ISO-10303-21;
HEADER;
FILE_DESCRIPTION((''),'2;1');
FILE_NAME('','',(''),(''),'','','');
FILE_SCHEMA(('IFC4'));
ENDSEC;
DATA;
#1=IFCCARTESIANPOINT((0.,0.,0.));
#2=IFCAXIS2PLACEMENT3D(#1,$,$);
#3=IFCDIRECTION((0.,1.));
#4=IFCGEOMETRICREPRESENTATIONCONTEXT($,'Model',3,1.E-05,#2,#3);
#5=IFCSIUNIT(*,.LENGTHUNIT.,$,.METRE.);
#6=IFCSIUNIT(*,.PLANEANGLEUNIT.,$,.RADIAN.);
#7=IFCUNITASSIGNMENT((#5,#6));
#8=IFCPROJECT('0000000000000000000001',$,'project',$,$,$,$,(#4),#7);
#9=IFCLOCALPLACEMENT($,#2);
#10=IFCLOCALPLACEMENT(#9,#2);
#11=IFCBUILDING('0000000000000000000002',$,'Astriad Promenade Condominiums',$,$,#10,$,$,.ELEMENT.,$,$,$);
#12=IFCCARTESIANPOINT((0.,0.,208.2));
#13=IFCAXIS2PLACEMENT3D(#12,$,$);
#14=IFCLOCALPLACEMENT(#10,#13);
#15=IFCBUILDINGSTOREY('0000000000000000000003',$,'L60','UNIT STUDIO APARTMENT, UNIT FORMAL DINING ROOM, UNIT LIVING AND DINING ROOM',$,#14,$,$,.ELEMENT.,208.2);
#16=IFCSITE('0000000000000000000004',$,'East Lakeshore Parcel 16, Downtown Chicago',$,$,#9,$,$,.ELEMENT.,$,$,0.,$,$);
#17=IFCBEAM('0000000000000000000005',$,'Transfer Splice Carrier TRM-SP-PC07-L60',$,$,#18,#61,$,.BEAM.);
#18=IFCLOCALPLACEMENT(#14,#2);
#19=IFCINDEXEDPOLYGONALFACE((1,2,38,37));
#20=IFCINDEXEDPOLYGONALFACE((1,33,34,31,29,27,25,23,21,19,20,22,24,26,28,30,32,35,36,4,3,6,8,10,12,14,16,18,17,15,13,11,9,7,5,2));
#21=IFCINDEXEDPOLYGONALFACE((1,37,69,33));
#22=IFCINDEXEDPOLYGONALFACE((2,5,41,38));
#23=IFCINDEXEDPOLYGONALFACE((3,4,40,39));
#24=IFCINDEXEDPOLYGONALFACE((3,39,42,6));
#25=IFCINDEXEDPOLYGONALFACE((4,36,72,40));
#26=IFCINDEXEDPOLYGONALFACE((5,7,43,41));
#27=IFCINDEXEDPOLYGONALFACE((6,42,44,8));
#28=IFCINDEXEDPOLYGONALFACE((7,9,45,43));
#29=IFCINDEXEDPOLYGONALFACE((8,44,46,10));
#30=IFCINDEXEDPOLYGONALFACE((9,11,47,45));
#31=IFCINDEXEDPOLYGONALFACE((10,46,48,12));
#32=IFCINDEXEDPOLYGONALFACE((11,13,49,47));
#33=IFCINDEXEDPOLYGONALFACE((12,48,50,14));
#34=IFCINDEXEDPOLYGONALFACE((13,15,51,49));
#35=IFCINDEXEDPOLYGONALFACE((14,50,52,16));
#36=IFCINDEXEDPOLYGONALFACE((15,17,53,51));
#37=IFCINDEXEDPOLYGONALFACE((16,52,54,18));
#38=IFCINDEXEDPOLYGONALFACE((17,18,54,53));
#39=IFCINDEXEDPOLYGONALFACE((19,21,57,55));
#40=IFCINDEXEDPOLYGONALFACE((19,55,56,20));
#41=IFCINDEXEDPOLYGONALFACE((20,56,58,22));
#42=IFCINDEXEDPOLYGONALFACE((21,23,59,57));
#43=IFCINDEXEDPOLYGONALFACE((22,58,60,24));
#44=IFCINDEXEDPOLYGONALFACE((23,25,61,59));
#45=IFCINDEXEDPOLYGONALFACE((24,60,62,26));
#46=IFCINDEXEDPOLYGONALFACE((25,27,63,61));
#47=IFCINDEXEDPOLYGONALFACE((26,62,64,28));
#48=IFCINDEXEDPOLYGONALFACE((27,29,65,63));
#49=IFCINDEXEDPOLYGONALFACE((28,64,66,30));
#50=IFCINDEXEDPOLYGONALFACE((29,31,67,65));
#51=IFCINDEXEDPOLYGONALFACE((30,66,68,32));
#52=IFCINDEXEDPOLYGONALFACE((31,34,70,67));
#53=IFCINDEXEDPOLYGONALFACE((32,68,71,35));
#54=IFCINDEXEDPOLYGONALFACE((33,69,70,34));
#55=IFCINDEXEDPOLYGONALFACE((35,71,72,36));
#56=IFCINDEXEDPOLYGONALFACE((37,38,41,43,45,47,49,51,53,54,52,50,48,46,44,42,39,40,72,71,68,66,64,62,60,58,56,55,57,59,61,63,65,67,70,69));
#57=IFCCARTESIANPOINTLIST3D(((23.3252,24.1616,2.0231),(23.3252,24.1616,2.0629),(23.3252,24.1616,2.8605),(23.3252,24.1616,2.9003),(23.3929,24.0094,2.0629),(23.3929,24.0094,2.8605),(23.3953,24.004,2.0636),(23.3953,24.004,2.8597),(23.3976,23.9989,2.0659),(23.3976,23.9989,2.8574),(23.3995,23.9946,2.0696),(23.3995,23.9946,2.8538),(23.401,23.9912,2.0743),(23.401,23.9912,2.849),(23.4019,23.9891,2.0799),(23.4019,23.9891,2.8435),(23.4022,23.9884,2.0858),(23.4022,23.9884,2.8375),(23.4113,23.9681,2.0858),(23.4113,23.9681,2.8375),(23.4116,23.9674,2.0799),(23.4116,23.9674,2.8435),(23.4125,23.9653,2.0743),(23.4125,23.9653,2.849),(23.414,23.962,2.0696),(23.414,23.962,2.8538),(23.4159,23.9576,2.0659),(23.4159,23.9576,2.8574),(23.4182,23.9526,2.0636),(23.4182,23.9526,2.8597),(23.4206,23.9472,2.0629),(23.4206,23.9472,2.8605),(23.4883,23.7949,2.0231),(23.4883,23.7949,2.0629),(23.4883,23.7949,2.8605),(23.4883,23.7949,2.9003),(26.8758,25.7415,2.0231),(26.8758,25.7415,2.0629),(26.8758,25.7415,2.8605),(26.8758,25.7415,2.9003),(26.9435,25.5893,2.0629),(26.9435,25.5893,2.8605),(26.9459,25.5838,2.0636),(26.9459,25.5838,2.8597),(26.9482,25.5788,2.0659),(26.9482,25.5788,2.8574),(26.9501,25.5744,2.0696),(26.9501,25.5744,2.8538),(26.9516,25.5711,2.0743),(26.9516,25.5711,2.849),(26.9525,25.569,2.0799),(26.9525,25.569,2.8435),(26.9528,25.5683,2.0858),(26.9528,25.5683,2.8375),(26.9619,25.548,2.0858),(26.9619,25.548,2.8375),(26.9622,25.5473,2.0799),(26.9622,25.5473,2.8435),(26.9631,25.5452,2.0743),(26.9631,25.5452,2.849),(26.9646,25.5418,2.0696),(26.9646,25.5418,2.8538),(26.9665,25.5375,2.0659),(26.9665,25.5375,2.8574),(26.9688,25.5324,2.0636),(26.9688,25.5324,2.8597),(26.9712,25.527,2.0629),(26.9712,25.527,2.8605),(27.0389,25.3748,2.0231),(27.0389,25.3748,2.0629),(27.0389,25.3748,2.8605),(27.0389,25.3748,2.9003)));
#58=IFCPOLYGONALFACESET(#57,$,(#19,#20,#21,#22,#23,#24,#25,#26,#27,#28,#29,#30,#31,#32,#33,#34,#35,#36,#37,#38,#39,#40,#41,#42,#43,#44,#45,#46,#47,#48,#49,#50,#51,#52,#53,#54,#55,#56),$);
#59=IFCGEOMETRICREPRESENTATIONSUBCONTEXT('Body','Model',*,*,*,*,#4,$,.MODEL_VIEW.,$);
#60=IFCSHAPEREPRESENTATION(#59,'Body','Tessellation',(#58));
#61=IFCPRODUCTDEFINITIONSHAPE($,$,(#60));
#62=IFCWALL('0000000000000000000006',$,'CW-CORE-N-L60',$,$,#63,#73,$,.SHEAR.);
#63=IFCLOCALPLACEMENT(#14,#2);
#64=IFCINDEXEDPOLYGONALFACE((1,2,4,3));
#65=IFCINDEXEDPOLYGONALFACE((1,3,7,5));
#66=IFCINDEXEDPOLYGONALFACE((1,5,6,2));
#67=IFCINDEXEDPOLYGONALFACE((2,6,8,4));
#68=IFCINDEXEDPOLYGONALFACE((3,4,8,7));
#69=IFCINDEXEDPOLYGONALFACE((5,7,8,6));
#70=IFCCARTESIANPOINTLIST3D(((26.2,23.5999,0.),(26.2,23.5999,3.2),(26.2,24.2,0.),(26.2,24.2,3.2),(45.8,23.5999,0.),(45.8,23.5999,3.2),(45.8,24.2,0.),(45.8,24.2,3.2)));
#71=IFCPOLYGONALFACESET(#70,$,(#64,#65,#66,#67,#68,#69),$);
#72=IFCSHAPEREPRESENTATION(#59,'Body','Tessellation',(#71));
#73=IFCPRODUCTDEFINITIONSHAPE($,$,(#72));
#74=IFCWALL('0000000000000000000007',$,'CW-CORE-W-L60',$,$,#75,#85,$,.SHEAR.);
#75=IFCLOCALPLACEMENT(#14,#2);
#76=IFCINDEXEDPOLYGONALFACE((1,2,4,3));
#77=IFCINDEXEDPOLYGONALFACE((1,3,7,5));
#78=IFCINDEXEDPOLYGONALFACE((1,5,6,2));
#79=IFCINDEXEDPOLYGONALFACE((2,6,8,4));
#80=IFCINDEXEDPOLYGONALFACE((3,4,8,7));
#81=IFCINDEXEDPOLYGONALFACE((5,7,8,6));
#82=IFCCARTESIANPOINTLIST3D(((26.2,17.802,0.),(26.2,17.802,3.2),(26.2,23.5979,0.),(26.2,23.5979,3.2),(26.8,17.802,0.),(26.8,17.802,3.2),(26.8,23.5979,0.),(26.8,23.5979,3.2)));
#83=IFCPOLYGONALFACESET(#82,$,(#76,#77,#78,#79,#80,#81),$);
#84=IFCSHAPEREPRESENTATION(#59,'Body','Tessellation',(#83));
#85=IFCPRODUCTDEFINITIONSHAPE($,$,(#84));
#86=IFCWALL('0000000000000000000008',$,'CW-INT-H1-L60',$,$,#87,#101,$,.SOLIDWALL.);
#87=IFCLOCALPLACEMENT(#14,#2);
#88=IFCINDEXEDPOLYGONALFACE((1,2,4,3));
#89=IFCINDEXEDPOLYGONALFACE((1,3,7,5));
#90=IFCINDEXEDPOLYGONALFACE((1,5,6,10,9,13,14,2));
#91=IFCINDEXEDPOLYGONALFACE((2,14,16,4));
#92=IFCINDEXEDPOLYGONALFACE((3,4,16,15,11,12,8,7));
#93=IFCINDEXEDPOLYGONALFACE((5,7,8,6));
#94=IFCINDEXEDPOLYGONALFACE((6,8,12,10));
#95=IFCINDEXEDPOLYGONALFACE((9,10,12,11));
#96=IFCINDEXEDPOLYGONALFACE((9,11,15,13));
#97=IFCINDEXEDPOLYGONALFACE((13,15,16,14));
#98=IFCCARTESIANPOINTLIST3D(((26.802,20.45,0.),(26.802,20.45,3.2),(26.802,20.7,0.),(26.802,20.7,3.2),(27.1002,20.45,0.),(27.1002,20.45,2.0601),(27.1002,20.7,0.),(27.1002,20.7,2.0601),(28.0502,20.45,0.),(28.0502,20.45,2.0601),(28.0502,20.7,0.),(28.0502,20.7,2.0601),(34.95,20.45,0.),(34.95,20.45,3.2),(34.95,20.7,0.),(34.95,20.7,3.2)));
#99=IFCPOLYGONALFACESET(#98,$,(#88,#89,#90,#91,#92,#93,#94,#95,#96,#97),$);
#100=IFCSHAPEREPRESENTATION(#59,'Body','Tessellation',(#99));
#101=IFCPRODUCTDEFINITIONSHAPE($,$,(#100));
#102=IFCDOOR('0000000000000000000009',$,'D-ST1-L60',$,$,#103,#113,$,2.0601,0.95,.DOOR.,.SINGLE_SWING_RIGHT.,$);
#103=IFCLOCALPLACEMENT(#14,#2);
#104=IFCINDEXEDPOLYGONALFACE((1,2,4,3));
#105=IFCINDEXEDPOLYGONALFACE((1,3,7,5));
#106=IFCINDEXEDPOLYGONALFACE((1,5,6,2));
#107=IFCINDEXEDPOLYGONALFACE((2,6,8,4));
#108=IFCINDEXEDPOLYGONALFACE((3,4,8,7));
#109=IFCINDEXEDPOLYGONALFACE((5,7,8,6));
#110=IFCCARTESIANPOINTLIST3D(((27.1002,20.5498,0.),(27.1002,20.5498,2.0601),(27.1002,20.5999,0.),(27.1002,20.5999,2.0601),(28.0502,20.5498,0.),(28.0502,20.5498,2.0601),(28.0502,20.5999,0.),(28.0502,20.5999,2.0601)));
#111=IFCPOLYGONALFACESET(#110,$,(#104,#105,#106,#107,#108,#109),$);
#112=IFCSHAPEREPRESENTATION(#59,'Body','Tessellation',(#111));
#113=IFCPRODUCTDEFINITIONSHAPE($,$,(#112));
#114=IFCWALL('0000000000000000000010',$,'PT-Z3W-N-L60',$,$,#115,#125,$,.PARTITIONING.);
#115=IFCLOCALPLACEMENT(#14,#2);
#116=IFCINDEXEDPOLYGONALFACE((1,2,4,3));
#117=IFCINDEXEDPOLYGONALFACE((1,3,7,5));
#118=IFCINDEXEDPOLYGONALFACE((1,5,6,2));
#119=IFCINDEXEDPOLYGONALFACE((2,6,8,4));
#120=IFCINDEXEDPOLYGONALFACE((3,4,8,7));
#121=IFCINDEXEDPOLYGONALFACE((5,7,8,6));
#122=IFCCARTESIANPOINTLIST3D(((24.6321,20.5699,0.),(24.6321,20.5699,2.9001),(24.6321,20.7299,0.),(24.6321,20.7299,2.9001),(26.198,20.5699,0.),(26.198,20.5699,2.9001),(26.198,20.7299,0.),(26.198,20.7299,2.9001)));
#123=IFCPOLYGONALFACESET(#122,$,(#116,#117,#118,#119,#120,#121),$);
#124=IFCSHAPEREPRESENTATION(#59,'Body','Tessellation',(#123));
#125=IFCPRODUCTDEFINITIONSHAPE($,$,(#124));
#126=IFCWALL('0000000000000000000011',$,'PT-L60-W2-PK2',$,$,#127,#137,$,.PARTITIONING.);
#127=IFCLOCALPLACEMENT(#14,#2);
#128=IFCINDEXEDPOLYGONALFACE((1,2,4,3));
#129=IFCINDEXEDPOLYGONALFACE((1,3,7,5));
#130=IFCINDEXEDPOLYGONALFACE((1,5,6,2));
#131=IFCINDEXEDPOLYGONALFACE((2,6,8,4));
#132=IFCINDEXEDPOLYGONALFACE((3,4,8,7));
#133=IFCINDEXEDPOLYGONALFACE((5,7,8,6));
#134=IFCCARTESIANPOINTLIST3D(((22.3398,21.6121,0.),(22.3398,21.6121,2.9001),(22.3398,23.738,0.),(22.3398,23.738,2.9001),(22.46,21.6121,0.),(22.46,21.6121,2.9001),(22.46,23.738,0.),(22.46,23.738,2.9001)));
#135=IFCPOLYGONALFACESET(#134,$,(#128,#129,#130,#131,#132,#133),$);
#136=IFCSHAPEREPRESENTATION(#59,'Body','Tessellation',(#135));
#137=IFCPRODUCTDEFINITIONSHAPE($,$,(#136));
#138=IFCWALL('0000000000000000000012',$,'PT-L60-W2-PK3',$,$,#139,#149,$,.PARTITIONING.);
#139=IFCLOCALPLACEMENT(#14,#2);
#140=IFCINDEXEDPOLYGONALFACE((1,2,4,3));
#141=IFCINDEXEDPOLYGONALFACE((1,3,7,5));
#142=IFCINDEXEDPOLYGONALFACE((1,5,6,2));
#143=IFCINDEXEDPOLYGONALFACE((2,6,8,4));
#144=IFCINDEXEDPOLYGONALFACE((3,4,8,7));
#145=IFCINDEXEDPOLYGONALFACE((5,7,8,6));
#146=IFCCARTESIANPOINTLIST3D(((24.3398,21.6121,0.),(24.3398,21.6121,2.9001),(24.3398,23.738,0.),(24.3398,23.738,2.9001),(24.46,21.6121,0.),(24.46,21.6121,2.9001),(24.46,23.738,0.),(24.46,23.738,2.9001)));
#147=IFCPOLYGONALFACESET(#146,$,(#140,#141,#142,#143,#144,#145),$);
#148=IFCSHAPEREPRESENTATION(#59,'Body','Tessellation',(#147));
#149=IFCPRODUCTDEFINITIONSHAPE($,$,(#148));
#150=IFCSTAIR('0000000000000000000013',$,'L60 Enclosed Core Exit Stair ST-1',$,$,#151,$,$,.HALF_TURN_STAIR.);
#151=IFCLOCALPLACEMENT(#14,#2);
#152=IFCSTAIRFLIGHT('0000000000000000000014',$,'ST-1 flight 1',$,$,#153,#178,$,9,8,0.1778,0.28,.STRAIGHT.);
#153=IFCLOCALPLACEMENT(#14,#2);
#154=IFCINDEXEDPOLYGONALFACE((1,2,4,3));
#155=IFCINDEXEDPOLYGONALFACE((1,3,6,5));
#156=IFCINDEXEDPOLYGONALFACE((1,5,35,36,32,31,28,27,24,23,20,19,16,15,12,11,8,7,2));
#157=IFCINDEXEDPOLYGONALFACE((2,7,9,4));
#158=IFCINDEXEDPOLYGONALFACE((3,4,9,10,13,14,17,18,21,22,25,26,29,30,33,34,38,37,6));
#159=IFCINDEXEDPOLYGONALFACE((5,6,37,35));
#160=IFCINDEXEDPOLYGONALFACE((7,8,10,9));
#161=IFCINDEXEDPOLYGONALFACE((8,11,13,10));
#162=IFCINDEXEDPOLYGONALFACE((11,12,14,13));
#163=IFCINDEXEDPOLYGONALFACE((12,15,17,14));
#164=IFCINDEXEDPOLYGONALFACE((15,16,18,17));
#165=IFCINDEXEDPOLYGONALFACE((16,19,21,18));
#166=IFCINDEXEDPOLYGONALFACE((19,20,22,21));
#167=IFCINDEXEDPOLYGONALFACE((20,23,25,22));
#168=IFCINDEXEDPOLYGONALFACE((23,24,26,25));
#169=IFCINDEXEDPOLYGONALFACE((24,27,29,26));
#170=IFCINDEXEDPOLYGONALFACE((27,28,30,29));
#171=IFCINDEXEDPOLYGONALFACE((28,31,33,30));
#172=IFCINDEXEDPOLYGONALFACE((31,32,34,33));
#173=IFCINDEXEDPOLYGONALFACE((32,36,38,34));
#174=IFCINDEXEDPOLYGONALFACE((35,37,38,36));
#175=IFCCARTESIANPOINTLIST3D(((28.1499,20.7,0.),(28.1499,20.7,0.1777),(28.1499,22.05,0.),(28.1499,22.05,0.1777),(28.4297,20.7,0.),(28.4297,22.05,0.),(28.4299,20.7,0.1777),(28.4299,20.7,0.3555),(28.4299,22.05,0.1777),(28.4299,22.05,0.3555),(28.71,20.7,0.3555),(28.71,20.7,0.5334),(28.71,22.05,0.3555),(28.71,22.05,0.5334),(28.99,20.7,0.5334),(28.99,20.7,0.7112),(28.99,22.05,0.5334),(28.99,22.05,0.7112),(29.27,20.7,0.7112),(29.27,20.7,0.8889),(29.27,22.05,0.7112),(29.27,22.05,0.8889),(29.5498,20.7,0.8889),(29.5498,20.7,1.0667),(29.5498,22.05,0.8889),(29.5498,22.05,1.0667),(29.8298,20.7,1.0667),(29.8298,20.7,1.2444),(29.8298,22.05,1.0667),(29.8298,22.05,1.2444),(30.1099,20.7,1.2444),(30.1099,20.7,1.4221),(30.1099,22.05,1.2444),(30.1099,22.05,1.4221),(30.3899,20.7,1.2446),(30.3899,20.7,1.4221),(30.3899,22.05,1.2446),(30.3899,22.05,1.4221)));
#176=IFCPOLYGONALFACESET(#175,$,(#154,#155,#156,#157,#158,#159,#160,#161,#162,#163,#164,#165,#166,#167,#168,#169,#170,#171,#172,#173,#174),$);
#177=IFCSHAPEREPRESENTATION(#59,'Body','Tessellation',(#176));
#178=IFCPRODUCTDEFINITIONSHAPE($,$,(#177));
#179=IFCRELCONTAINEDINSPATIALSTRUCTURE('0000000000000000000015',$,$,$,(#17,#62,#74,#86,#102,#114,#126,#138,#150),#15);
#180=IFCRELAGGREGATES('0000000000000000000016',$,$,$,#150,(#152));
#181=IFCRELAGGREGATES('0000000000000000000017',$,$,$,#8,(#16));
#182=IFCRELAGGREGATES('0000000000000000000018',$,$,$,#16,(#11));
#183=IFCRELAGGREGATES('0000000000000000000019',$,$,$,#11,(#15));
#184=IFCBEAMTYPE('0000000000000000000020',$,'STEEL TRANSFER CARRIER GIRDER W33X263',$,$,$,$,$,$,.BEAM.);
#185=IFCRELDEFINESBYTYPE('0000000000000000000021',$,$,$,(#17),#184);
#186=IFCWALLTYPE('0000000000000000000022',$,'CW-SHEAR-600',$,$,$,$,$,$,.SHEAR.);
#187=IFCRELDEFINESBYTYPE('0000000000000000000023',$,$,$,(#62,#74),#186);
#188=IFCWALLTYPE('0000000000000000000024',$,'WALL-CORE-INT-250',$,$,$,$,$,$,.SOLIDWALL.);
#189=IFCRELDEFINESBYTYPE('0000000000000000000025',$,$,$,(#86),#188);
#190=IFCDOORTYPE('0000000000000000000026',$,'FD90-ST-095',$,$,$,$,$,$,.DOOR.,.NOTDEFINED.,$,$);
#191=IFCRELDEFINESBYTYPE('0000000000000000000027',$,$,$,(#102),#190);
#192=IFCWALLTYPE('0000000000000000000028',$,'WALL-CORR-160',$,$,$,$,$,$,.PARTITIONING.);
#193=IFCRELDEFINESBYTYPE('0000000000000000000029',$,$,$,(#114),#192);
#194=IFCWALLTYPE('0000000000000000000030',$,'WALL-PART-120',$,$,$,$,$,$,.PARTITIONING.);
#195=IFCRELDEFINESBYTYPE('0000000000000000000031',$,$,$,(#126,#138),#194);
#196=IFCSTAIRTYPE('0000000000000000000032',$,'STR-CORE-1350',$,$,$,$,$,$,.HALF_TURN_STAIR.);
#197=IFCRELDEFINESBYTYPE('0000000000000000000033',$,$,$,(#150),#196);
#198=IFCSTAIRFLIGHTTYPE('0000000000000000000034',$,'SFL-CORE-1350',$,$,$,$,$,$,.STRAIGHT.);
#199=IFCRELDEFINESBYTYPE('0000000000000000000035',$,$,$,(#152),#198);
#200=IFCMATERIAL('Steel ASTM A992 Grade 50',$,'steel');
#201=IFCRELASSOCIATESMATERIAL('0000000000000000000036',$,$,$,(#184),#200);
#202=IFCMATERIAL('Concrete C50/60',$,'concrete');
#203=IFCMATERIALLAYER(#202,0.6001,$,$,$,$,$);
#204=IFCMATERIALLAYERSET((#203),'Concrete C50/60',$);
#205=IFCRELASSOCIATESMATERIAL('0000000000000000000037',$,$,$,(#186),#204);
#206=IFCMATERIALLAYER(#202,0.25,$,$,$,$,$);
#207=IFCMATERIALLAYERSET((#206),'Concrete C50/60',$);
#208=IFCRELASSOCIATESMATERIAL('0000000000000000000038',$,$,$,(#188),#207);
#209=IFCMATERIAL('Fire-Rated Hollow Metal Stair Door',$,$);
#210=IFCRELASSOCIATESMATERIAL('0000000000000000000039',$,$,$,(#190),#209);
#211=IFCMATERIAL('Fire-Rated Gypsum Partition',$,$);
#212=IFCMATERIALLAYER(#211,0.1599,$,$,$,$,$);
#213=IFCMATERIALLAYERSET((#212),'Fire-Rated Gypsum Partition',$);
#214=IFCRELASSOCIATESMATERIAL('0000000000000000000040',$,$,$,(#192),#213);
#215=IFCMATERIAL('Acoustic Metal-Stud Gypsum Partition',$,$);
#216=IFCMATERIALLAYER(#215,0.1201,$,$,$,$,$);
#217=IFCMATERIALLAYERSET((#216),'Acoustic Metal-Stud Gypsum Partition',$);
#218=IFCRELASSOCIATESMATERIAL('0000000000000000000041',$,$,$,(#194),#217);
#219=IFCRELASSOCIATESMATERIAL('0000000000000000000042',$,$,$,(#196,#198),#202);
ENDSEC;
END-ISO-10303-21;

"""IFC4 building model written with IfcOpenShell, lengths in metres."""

from ifc_helpers import new_model, si_unit, direction, frame, frame_2d, origin, origin_2d, place, context, subcontext, project, spatial, polyline, rectangle, i_section, outline, extrude, source, transform, mapped, material, layer, layer_set, material_profile, profile_set, type_object, type_shapes, element, fill, aggregate, save


model = new_model("IFC4")

# Units and contexts
model_context = context("Model", 3, precision=1e-05, world=origin(), true_north=direction((0.0, 1.0)))
body_context = subcontext(model_context, "Body", "Model", "MODEL_VIEW")
ifc_project = project(units=[si_unit("LENGTHUNIT", "METRE"), si_unit("PLANEANGLEUNIT", "RADIAN")], contexts=[model_context])

# Site, building, storey
site_placement = place(None, origin())
site = spatial("IfcSite", under=ifc_project, at=site_placement, Name="East Lakeshore Parcel 16, Downtown Chicago", CompositionType="ELEMENT", RefElevation=0.0)
building_placement = place(site_placement, origin())
building = spatial("IfcBuilding", under=site, at=building_placement, Name="Astriad Promenade Condominiums", CompositionType="ELEMENT")
storey_placement = place(building_placement, frame((0.0, 0.0, 208.2)))
storey = spatial("IfcBuildingStorey", under=building, at=storey_placement, Name="L60", Description="UNIT STUDIO APARTMENT, UNIT FORMAL DINING ROOM, UNIT LIVING AND DINING ROOM", CompositionType="ELEMENT", Elevation=208.2)

# Shared definitions
ifc_material_1 = material(Name="Steel ASTM A992 Grade 50", Category="steel")
ifc_material_2 = material(Name="Concrete C50/60", Category="concrete")

# Beam
ifc_material_profile_1 = material_profile(ifc_material_1, i_section(OverallWidth=0.4014, OverallDepth=0.8772, WebThickness=0.0222, FlangeThickness=0.0398, FilletRadius=0.0229, at=origin_2d()), Name="W33X263")
ifc_profile_set_1 = profile_set([ifc_material_profile_1], Name="Steel ASTM A992 Grade 50")
beam_type_1 = type_object("IfcBeamType", Name="STEEL TRANSFER CARRIER GIRDER W33X263", PredefinedType="BEAM", material=ifc_profile_set_1)
shared_shape_1 = source(origin(), body_context, "Body", "SweptSolid", [
    extrude(i_section(OverallWidth=0.4014, OverallDepth=0.8772, WebThickness=0.0222, FlangeThickness=0.0398, FilletRadius=0.0229, at=origin_2d()), origin(), (0.0, 0.0, 1.0), 3.8862),
])
type_shapes(beam_type_1, [shared_shape_1])
beam_1_placement = place(storey_placement, frame((23.4067, 23.9783, 2.4617), z_axis=(0.913638, 0.406529, 0.0), x_axis=(-0.406529, 0.913638, 0.0)))
element("IfcBeam", 1, at=beam_1_placement, inside=storey, type_object=beam_type_1, Name="Transfer Splice Carrier TRM-SP-PC07-L60", PredefinedType="BEAM", context=body_context, shape_type="MappedRepresentation", body=[
    mapped(shared_shape_1, transform((0.0, 0.0, 0.0), scale=1.0)),
])

# Walls
ifc_layer_1 = layer(ifc_material_2, 0.6001)
ifc_layer_set_1 = layer_set([ifc_layer_1], Name="Concrete C50/60")
wall_type_1 = type_object("IfcWallType", Name="CW-SHEAR-600", PredefinedType="SHEAR", material=ifc_layer_set_1)
wall_1_placement = place(storey_placement, frame((26.2, 23.8999, 0.0), z_axis=(0.0, 0.0, 1.0), x_axis=(1.0, 0.0, 0.0)))
element("IfcWall", 2, at=wall_1_placement, inside=storey, type_object=wall_type_1, Name="CW-CORE-N-L60", PredefinedType="SHEAR", context=body_context, shape_type="SweptSolid", body=[
    extrude(rectangle(XDim=19.6001, YDim=0.6001, at=frame_2d((9.8, 0.0))), origin(), (0.0, 0.0, 1.0), 3.2),
])
wall_2_placement = place(storey_placement, frame((26.5, 17.802, 0.0), z_axis=(0.0, 0.0, 1.0), x_axis=(0.0, 1.0, 0.0)))
element("IfcWall", 3, at=wall_2_placement, inside=storey, type_object=wall_type_1, Name="CW-CORE-W-L60", PredefinedType="SHEAR", context=body_context, shape_type="SweptSolid", body=[
    extrude(rectangle(XDim=5.7959, YDim=0.6001, at=frame_2d((2.8979, 0.0))), origin(), (0.0, 0.0, 1.0), 3.2),
])

# Wall, opening, door
ifc_layer_2 = layer(ifc_material_2, 0.25)
ifc_layer_set_2 = layer_set([ifc_layer_2], Name="Concrete C50/60")
wall_type_2 = type_object("IfcWallType", Name="WALL-CORE-INT-250", PredefinedType="SOLIDWALL", material=ifc_layer_set_2)
wall_3_placement = place(storey_placement, frame((26.802, 20.575, 0.0), z_axis=(0.0, 0.0, 1.0), x_axis=(1.0, 0.0, 0.0)))
wall_3 = element("IfcWall", 4, at=wall_3_placement, inside=storey, type_object=wall_type_2, Name="CW-INT-H1-L60", PredefinedType="SOLIDWALL", context=body_context, shape_type="SweptSolid", body=[
    extrude(rectangle(XDim=8.1479, YDim=0.25, at=frame_2d((4.074, 0.0))), origin(), (0.0, 0.0, 1.0), 3.2),
])
opening_placement = place(wall_3_placement, frame((0.2981, 0.0, 0.0)))
opening = element("IfcOpeningElement", 5, at=opening_placement, cuts=wall_3, PredefinedType="OPENING", context=body_context, shape_type="SweptSolid", body=[
    extrude(rectangle(XDim=0.95, YDim=2.0601, at=frame_2d((0.4751, 1.03))), frame((0.0, 0.135, 0.0), z_axis=(0.0, -1.0, 0.0), x_axis=(1.0, 0.0, 0.0)), (0.0, 0.0, 1.0), 0.27),
])
ifc_material_3 = material(Name="Fire-Rated Hollow Metal Stair Door")
door_type = type_object("IfcDoorType", Name="FD90-ST-095", OperationType="NOTDEFINED", PredefinedType="DOOR", material=ifc_material_3)
shared_shape_2 = source(origin(), body_context, "Body", "SweptSolid", [
    extrude(rectangle(XDim=0.95, YDim=2.0601, at=frame_2d((0.4751, 1.03))), frame((0.0, 0.0249, 0.0), z_axis=(0.0, -1.0, 0.0), x_axis=(1.0, 0.0, 0.0)), (0.0, 0.0, 1.0), 0.05),
])
type_shapes(door_type, [shared_shape_2])
door_placement = place(opening_placement, origin())
door = element("IfcDoor", 6, at=door_placement, inside=storey, type_object=door_type, Name="D-ST1-L60", OperationType="SINGLE_SWING_RIGHT", OverallHeight=2.0601, OverallWidth=0.95, PredefinedType="DOOR", context=body_context, shape_type="MappedRepresentation", body=[
    mapped(shared_shape_2, transform((0.0, 0.0, 0.0), scale=1.0)),
])
fill(opening, door)

# Walls
ifc_material_4 = material(Name="Fire-Rated Gypsum Partition")
ifc_layer_3 = layer(ifc_material_4, 0.1599)
ifc_layer_set_3 = layer_set([ifc_layer_3], Name="Fire-Rated Gypsum Partition")
wall_type_3 = type_object("IfcWallType", Name="WALL-CORR-160", PredefinedType="PARTITIONING", material=ifc_layer_set_3)
wall_4_placement = place(storey_placement, frame((24.6321, 20.6499, 0.0), z_axis=(0.0, 0.0, 1.0), x_axis=(1.0, 0.0, 0.0)))
element("IfcWall", 7, at=wall_4_placement, inside=storey, type_object=wall_type_3, Name="PT-Z3W-N-L60", PredefinedType="PARTITIONING", context=body_context, shape_type="SweptSolid", body=[
    extrude(rectangle(XDim=1.5659, YDim=0.1599, at=frame_2d((0.783, 0.0))), origin(), (0.0, 0.0, 1.0), 2.9001),
])
ifc_material_5 = material(Name="Acoustic Metal-Stud Gypsum Partition")
ifc_layer_4 = layer(ifc_material_5, 0.1201)
ifc_layer_set_4 = layer_set([ifc_layer_4], Name="Acoustic Metal-Stud Gypsum Partition")
wall_type_4 = type_object("IfcWallType", Name="WALL-PART-120", PredefinedType="PARTITIONING", material=ifc_layer_set_4)
for number, where, z_axis, x_axis, name in (
    (8, (22.3999, 21.6121, 0.0), (0.0, 0.0, 1.0), (0.0, 1.0, 0.0), "PT-L60-W2-PK2"),
    (9, (24.3999, 21.6121, 0.0), (0.0, 0.0, 1.0), (0.0, 1.0, 0.0), "PT-L60-W2-PK3"),
):
    element("IfcWall", number, at=place(storey_placement, frame(where, z_axis=z_axis, x_axis=x_axis)), inside=storey, type_object=wall_type_4, Name=name, PredefinedType="PARTITIONING", context=body_context, shape_type="SweptSolid", body=[
        extrude(rectangle(XDim=2.126, YDim=0.1201, at=frame_2d((1.063, 0.0))), origin(), (0.0, 0.0, 1.0), 2.9001),
    ])

# Stair, stair flight
stair_type = type_object("IfcStairType", Name="STR-CORE-1350", PredefinedType="HALF_TURN_STAIR", material=ifc_material_2)
stair_placement = place(storey_placement, origin())
stair = element("IfcStair", 10, at=stair_placement, inside=storey, type_object=stair_type, Name="L60 Enclosed Core Exit Stair ST-1", PredefinedType="HALF_TURN_STAIR")
stair_flight_type = type_object("IfcStairFlightType", Name="SFL-CORE-1350", PredefinedType="STRAIGHT", material=ifc_material_2)
shared_shape_3 = source(origin(), body_context, "Body", "SweptSolid", [
    extrude(outline(polyline([(0.0, 0.0), (0.0, 0.1777), (0.28, 0.1777), (0.28, 0.3555), (0.5601, 0.3555), (0.5601, 0.5334), (0.8401, 0.5334), (0.8401, 0.7112), (1.1201, 0.7112), (1.1201, 0.8889), (1.3999, 0.8889), (1.3999, 1.0667), (1.6799, 1.0667), (1.6799, 1.2444), (1.96, 1.2444), (1.96, 1.4221), (2.24, 1.4221), (2.24, 1.6001), (2.24, 1.2446), (0.2798, 0.0), (0.0, 0.0)])), frame((0.0, 0.675, 0.0), z_axis=(0.0, -1.0, 0.0), x_axis=(1.0, 0.0, 0.0)), (0.0, 0.0, 1.0), 1.3501),
])
type_shapes(stair_flight_type, [shared_shape_3])
stair_flight_placement = place(storey_placement, frame((28.1499, 21.375, 0.0), z_axis=(0.0, 0.0, 1.0), x_axis=(1.0, 0.0, 0.0)))
stair_flight = element("IfcStairFlight", 11, at=stair_flight_placement, type_object=stair_flight_type, Name="ST-1 flight 1", NumberOfRisers=9, NumberOfTreads=8, PredefinedType="STRAIGHT", RiserHeight=0.1778, TreadLength=0.28, context=body_context, shape_type="MappedRepresentation", body=[
    mapped(shared_shape_3, transform((0.0, 0.0, 0.0), scale=1.0)),
])
aggregate(stair, [stair_flight])

save(model, "model.ifc")
